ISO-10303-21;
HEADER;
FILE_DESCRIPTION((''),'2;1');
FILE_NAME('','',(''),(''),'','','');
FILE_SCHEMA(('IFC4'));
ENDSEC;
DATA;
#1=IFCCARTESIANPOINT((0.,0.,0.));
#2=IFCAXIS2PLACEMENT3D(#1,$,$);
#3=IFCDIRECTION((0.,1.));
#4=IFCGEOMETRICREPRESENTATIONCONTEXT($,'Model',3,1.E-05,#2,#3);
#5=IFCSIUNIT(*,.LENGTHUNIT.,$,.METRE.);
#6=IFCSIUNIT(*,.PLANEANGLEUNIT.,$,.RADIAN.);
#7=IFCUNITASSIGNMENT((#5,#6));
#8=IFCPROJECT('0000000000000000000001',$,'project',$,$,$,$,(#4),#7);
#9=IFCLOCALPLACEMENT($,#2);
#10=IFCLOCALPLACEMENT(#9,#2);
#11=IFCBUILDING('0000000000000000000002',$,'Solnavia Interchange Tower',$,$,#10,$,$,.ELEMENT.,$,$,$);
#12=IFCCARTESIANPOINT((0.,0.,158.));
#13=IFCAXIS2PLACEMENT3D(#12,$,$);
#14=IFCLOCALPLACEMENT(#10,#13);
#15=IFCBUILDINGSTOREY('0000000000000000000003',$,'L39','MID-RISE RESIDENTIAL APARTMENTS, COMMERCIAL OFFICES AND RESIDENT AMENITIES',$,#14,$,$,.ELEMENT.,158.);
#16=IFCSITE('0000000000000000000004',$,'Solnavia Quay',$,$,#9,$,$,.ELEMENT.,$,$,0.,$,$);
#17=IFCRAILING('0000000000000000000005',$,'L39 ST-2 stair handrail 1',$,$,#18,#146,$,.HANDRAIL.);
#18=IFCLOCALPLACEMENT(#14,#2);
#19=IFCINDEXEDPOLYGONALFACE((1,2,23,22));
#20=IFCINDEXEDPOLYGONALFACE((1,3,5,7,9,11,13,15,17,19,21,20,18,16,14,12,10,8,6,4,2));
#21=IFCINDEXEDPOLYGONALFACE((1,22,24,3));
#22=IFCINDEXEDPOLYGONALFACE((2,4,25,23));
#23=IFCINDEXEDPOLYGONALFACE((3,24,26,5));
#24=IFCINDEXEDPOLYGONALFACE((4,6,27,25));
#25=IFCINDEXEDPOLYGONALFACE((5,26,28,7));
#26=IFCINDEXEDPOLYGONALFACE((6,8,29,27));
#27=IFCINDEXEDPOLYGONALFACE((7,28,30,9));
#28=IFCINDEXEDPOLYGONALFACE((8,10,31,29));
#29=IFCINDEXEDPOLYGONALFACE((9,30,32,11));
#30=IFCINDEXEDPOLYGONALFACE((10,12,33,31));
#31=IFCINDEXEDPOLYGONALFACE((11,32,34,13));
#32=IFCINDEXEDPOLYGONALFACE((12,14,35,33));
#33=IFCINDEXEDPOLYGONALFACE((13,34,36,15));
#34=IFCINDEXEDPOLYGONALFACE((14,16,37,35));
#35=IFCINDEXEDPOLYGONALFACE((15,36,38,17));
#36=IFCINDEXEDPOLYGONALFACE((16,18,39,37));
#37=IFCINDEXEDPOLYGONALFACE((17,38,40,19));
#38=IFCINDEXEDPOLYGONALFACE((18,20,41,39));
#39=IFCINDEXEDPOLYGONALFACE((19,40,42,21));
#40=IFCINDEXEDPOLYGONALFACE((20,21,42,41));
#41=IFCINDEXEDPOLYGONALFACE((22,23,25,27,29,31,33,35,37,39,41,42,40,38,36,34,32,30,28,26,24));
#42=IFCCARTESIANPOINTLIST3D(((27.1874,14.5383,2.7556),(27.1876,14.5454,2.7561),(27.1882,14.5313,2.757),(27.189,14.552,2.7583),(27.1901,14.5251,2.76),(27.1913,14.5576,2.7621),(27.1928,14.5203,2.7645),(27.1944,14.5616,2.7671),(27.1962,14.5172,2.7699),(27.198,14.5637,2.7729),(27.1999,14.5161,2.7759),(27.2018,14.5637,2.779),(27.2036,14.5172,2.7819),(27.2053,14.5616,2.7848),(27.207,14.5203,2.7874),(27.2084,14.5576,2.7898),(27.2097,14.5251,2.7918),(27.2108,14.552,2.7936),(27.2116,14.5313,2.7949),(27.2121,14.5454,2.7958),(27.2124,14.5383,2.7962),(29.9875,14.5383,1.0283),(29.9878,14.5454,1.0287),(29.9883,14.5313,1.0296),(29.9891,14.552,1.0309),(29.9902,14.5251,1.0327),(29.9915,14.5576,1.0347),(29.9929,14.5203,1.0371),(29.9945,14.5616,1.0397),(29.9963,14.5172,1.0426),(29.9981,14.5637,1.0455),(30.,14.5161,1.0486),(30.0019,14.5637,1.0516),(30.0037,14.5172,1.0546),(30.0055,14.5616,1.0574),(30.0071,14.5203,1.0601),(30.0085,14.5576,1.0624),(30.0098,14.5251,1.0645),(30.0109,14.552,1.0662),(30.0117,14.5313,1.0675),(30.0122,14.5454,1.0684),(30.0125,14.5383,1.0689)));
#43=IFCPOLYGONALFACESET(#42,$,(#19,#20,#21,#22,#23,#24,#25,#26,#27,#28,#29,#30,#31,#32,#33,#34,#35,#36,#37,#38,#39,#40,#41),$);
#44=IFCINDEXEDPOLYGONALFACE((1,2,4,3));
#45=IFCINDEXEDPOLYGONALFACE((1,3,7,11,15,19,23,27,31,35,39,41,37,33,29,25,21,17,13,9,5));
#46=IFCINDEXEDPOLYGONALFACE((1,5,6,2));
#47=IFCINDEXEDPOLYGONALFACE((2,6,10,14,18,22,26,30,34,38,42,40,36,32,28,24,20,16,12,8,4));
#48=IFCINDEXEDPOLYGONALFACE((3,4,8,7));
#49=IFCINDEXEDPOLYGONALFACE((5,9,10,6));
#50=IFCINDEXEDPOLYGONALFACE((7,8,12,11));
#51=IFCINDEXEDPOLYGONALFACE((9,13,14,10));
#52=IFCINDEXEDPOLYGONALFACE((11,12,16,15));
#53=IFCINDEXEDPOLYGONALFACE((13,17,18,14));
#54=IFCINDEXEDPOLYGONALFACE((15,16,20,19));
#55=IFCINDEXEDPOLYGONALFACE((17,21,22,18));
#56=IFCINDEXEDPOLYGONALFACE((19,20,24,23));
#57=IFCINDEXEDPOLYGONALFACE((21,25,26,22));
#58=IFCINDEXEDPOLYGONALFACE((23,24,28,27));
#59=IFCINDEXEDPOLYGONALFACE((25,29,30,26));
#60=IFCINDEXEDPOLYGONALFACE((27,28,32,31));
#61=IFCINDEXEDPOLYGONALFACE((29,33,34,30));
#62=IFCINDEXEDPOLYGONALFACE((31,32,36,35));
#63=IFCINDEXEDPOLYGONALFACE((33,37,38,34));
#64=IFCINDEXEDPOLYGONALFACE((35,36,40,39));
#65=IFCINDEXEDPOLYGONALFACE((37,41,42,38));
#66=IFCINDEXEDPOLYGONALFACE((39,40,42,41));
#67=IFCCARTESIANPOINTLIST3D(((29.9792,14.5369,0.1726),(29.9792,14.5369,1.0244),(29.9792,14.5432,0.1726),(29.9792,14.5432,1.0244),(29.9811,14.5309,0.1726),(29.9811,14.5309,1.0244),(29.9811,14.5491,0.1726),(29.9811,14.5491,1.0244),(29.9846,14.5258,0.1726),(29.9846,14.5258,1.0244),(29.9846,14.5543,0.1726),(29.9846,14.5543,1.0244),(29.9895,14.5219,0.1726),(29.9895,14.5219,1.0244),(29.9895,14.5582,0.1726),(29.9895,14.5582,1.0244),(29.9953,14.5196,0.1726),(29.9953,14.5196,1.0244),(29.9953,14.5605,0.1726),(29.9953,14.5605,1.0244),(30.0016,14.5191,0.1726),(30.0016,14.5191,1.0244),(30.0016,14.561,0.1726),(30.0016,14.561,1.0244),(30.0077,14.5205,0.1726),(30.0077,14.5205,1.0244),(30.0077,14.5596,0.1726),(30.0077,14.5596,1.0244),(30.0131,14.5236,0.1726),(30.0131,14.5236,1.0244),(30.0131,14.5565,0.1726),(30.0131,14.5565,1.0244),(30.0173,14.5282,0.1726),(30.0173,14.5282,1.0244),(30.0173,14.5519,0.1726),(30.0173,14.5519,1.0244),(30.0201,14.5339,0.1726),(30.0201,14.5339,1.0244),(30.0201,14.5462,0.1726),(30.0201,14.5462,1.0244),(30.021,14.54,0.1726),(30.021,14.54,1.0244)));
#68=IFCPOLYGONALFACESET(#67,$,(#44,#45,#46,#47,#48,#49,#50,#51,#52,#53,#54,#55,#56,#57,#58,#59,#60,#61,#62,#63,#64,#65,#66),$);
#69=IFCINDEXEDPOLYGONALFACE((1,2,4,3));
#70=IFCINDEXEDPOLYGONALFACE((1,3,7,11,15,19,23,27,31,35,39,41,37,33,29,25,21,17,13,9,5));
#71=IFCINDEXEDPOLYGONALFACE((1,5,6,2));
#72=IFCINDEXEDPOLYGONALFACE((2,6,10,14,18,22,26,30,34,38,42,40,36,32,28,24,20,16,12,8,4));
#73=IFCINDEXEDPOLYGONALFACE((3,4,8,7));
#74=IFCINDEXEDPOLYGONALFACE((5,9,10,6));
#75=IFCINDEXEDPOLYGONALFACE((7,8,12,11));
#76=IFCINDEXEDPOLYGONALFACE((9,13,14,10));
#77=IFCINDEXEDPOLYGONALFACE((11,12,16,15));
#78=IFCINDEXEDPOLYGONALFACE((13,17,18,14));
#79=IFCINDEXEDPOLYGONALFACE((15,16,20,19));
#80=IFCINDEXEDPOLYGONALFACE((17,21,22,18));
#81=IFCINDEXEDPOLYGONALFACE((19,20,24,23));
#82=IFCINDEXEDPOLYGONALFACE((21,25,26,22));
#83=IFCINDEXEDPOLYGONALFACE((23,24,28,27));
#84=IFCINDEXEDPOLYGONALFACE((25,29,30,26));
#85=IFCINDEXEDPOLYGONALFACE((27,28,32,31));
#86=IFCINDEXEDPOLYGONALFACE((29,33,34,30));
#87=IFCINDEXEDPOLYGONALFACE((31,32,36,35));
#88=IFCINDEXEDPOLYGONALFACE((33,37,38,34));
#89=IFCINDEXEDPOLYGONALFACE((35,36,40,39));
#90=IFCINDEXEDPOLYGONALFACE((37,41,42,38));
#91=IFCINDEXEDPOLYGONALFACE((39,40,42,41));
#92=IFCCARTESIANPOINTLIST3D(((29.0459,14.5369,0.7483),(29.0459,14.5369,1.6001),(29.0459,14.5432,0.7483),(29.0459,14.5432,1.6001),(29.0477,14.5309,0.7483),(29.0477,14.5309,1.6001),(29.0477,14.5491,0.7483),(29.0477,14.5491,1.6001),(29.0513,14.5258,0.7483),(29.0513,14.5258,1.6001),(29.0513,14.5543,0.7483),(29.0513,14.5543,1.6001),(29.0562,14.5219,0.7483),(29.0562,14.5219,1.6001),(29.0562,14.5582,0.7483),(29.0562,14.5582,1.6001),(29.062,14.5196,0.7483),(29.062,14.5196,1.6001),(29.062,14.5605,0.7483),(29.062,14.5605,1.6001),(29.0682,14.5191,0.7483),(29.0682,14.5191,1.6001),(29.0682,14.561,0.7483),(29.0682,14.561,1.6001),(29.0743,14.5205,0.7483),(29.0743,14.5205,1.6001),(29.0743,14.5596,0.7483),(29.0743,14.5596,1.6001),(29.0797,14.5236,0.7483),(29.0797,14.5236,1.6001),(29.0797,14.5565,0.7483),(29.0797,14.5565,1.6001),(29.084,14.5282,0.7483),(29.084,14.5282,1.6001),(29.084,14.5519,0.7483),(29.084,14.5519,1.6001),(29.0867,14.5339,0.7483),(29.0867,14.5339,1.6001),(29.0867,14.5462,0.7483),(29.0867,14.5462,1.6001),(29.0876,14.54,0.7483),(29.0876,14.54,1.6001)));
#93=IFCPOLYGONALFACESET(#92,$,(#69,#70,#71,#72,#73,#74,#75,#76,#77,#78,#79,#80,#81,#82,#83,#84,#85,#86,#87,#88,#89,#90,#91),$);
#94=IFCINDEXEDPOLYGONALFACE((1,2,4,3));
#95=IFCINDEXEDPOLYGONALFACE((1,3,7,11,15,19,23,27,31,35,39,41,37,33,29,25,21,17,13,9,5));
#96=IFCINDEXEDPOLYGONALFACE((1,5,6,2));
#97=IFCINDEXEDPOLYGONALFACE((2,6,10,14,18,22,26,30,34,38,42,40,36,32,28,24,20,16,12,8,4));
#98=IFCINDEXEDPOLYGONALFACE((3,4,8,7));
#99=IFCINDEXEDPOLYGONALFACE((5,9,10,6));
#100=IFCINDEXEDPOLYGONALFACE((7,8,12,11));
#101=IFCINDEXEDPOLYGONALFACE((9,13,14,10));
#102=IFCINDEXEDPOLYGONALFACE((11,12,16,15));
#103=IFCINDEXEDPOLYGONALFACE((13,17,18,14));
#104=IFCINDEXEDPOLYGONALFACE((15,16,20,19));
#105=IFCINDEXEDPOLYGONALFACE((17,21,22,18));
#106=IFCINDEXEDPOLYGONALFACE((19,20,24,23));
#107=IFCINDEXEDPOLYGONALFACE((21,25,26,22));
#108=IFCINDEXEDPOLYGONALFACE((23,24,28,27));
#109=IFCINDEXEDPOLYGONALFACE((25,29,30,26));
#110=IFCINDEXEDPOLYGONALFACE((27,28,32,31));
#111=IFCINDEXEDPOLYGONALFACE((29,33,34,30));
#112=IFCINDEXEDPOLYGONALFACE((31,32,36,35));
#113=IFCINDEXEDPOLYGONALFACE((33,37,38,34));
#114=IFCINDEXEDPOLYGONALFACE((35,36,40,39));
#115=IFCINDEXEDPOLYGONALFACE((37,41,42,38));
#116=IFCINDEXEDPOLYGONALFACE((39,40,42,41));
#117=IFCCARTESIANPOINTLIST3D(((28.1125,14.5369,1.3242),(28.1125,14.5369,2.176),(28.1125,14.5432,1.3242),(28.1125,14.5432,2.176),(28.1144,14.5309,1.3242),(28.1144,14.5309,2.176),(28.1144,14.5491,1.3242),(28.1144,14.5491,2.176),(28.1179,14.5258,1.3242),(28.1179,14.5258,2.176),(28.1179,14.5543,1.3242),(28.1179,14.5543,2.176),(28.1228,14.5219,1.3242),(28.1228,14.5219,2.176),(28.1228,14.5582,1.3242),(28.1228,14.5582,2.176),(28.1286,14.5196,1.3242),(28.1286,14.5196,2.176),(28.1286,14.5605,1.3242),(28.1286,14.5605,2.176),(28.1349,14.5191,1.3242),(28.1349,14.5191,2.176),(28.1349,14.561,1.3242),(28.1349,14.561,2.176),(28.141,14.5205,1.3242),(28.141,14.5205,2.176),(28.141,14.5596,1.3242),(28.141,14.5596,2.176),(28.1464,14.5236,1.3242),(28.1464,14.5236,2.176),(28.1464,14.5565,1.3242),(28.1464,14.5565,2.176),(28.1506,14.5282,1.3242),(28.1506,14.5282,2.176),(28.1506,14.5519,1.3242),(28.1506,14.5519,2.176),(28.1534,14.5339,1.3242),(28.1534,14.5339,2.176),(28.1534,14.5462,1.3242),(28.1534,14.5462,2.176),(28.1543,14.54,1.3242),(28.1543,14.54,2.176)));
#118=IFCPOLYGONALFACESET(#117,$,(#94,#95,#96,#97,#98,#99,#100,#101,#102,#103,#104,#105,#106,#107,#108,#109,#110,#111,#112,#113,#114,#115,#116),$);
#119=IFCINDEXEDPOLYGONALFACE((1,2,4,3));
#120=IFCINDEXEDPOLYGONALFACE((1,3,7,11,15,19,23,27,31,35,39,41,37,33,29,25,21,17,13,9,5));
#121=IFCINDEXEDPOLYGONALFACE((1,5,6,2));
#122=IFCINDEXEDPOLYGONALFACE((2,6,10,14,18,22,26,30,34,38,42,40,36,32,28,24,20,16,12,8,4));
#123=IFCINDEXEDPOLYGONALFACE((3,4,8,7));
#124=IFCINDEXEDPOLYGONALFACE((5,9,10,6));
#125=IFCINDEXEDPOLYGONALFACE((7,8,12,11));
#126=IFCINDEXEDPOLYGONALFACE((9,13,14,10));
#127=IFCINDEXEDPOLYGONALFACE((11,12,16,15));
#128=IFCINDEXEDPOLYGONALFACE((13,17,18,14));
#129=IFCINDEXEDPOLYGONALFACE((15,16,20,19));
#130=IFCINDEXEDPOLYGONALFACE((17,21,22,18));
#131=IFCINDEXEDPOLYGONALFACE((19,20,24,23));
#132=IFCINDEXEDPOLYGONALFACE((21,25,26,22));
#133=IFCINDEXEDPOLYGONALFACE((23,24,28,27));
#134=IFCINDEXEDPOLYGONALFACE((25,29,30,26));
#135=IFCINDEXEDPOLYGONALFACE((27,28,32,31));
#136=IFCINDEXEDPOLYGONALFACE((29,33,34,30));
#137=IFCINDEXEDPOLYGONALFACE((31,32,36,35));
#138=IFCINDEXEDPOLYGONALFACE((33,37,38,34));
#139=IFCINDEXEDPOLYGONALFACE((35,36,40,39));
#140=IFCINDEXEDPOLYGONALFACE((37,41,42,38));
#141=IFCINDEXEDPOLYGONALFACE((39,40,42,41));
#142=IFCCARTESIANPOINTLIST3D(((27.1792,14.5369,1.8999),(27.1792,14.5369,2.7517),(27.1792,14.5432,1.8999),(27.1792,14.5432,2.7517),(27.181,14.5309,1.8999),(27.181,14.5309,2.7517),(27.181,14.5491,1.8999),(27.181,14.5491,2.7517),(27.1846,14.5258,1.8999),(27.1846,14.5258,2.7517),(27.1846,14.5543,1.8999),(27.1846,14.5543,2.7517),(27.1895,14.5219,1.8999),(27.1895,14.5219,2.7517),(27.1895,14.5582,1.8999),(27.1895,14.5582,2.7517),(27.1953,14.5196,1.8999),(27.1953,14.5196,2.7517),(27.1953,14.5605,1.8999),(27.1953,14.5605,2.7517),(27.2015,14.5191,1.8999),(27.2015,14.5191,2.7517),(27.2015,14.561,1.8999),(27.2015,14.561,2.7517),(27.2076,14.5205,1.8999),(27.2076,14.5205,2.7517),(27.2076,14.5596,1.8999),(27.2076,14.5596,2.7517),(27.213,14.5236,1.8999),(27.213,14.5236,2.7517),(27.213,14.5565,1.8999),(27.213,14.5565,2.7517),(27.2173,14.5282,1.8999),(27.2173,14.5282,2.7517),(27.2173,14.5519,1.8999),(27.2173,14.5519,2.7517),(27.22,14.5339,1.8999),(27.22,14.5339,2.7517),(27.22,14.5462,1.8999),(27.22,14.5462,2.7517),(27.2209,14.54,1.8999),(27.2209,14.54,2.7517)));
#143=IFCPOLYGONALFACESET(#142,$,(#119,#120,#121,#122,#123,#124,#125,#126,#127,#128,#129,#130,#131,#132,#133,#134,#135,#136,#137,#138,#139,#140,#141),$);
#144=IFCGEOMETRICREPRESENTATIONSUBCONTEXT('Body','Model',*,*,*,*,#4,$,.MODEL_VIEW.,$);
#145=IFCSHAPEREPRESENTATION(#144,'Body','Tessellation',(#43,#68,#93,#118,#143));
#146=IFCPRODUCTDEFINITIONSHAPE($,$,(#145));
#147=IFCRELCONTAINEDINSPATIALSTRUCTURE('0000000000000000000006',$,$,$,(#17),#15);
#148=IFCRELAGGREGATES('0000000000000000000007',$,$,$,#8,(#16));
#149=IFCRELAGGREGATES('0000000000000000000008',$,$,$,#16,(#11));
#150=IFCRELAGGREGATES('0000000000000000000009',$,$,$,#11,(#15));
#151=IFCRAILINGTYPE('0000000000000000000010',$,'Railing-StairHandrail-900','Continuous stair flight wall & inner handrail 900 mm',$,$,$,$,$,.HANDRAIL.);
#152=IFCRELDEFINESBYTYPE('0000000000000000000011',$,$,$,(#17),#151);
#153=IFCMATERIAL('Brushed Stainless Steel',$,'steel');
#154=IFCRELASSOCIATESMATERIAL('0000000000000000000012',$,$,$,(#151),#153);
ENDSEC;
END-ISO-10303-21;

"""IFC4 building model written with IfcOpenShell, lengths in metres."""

from ifc_helpers import new_model, si_unit, direction, frame, origin, origin_2d, place, context, subcontext, project, spatial, circle, extrude, material, type_object, element, save


model = new_model("IFC4")

# Units and contexts
model_context = context("Model", 3, precision=1e-05, world=origin(), true_north=direction((0.0, 1.0)))
body_context = subcontext(model_context, "Body", "Model", "MODEL_VIEW")
ifc_project = project(units=[si_unit("LENGTHUNIT", "METRE"), si_unit("PLANEANGLEUNIT", "RADIAN")], contexts=[model_context])

# Site, building, storey
site_placement = place(None, origin())
site = spatial("IfcSite", under=ifc_project, at=site_placement, Name="Solnavia Quay", CompositionType="ELEMENT", RefElevation=0.0)
building_placement = place(site_placement, origin())
building = spatial("IfcBuilding", under=site, at=building_placement, Name="Solnavia Interchange Tower", CompositionType="ELEMENT")
storey_placement = place(building_placement, frame((0.0, 0.0, 158.0)))
storey = spatial("IfcBuildingStorey", under=building, at=storey_placement, Name="L39", Description="MID-RISE RESIDENTIAL APARTMENTS, COMMERCIAL OFFICES AND RESIDENT AMENITIES", CompositionType="ELEMENT", Elevation=158.0)

# Railing
ifc_material_1 = material(Name="Brushed Stainless Steel", Category="steel")
railing_type_1 = type_object("IfcRailingType", Name="Railing-StairHandrail-900", Description="Continuous stair flight wall & inner handrail 900 mm", PredefinedType="HANDRAIL", material=ifc_material_1)
railing_1_placement = place(storey_placement, frame((30.0, 14.54, 0.1726)))
element("IfcRailing", 1, at=railing_1_placement, inside=storey, type_object=railing_type_1, Name="L39 ST-2 stair handrail 1", PredefinedType="HANDRAIL", context=body_context, shape_type="SweptSolid", body=[
    extrude(circle(Radius=0.0239, at=origin_2d()), frame((0.0, 0.0, 0.876), z_axis=(-0.85109, 0.0, 0.52502), x_axis=(0.0, -1.0, 0.0)), (0.0, 0.0, 1.0), 3.29),
    extrude(circle(Radius=0.021, at=origin_2d()), origin(), (0.0, 0.0, 1.0), 0.8518),
    extrude(circle(Radius=0.021, at=origin_2d()), frame((-0.9333, 0.0, 0.5757)), (0.0, 0.0, 1.0), 0.8518),
    extrude(circle(Radius=0.021, at=origin_2d()), frame((-1.8667, 0.0, 1.1516)), (0.0, 0.0, 1.0), 0.8518),
    extrude(circle(Radius=0.021, at=origin_2d()), frame((-2.8, 0.0, 1.7273)), (0.0, 0.0, 1.0), 0.8518),
])

save(model, "model.ifc")
